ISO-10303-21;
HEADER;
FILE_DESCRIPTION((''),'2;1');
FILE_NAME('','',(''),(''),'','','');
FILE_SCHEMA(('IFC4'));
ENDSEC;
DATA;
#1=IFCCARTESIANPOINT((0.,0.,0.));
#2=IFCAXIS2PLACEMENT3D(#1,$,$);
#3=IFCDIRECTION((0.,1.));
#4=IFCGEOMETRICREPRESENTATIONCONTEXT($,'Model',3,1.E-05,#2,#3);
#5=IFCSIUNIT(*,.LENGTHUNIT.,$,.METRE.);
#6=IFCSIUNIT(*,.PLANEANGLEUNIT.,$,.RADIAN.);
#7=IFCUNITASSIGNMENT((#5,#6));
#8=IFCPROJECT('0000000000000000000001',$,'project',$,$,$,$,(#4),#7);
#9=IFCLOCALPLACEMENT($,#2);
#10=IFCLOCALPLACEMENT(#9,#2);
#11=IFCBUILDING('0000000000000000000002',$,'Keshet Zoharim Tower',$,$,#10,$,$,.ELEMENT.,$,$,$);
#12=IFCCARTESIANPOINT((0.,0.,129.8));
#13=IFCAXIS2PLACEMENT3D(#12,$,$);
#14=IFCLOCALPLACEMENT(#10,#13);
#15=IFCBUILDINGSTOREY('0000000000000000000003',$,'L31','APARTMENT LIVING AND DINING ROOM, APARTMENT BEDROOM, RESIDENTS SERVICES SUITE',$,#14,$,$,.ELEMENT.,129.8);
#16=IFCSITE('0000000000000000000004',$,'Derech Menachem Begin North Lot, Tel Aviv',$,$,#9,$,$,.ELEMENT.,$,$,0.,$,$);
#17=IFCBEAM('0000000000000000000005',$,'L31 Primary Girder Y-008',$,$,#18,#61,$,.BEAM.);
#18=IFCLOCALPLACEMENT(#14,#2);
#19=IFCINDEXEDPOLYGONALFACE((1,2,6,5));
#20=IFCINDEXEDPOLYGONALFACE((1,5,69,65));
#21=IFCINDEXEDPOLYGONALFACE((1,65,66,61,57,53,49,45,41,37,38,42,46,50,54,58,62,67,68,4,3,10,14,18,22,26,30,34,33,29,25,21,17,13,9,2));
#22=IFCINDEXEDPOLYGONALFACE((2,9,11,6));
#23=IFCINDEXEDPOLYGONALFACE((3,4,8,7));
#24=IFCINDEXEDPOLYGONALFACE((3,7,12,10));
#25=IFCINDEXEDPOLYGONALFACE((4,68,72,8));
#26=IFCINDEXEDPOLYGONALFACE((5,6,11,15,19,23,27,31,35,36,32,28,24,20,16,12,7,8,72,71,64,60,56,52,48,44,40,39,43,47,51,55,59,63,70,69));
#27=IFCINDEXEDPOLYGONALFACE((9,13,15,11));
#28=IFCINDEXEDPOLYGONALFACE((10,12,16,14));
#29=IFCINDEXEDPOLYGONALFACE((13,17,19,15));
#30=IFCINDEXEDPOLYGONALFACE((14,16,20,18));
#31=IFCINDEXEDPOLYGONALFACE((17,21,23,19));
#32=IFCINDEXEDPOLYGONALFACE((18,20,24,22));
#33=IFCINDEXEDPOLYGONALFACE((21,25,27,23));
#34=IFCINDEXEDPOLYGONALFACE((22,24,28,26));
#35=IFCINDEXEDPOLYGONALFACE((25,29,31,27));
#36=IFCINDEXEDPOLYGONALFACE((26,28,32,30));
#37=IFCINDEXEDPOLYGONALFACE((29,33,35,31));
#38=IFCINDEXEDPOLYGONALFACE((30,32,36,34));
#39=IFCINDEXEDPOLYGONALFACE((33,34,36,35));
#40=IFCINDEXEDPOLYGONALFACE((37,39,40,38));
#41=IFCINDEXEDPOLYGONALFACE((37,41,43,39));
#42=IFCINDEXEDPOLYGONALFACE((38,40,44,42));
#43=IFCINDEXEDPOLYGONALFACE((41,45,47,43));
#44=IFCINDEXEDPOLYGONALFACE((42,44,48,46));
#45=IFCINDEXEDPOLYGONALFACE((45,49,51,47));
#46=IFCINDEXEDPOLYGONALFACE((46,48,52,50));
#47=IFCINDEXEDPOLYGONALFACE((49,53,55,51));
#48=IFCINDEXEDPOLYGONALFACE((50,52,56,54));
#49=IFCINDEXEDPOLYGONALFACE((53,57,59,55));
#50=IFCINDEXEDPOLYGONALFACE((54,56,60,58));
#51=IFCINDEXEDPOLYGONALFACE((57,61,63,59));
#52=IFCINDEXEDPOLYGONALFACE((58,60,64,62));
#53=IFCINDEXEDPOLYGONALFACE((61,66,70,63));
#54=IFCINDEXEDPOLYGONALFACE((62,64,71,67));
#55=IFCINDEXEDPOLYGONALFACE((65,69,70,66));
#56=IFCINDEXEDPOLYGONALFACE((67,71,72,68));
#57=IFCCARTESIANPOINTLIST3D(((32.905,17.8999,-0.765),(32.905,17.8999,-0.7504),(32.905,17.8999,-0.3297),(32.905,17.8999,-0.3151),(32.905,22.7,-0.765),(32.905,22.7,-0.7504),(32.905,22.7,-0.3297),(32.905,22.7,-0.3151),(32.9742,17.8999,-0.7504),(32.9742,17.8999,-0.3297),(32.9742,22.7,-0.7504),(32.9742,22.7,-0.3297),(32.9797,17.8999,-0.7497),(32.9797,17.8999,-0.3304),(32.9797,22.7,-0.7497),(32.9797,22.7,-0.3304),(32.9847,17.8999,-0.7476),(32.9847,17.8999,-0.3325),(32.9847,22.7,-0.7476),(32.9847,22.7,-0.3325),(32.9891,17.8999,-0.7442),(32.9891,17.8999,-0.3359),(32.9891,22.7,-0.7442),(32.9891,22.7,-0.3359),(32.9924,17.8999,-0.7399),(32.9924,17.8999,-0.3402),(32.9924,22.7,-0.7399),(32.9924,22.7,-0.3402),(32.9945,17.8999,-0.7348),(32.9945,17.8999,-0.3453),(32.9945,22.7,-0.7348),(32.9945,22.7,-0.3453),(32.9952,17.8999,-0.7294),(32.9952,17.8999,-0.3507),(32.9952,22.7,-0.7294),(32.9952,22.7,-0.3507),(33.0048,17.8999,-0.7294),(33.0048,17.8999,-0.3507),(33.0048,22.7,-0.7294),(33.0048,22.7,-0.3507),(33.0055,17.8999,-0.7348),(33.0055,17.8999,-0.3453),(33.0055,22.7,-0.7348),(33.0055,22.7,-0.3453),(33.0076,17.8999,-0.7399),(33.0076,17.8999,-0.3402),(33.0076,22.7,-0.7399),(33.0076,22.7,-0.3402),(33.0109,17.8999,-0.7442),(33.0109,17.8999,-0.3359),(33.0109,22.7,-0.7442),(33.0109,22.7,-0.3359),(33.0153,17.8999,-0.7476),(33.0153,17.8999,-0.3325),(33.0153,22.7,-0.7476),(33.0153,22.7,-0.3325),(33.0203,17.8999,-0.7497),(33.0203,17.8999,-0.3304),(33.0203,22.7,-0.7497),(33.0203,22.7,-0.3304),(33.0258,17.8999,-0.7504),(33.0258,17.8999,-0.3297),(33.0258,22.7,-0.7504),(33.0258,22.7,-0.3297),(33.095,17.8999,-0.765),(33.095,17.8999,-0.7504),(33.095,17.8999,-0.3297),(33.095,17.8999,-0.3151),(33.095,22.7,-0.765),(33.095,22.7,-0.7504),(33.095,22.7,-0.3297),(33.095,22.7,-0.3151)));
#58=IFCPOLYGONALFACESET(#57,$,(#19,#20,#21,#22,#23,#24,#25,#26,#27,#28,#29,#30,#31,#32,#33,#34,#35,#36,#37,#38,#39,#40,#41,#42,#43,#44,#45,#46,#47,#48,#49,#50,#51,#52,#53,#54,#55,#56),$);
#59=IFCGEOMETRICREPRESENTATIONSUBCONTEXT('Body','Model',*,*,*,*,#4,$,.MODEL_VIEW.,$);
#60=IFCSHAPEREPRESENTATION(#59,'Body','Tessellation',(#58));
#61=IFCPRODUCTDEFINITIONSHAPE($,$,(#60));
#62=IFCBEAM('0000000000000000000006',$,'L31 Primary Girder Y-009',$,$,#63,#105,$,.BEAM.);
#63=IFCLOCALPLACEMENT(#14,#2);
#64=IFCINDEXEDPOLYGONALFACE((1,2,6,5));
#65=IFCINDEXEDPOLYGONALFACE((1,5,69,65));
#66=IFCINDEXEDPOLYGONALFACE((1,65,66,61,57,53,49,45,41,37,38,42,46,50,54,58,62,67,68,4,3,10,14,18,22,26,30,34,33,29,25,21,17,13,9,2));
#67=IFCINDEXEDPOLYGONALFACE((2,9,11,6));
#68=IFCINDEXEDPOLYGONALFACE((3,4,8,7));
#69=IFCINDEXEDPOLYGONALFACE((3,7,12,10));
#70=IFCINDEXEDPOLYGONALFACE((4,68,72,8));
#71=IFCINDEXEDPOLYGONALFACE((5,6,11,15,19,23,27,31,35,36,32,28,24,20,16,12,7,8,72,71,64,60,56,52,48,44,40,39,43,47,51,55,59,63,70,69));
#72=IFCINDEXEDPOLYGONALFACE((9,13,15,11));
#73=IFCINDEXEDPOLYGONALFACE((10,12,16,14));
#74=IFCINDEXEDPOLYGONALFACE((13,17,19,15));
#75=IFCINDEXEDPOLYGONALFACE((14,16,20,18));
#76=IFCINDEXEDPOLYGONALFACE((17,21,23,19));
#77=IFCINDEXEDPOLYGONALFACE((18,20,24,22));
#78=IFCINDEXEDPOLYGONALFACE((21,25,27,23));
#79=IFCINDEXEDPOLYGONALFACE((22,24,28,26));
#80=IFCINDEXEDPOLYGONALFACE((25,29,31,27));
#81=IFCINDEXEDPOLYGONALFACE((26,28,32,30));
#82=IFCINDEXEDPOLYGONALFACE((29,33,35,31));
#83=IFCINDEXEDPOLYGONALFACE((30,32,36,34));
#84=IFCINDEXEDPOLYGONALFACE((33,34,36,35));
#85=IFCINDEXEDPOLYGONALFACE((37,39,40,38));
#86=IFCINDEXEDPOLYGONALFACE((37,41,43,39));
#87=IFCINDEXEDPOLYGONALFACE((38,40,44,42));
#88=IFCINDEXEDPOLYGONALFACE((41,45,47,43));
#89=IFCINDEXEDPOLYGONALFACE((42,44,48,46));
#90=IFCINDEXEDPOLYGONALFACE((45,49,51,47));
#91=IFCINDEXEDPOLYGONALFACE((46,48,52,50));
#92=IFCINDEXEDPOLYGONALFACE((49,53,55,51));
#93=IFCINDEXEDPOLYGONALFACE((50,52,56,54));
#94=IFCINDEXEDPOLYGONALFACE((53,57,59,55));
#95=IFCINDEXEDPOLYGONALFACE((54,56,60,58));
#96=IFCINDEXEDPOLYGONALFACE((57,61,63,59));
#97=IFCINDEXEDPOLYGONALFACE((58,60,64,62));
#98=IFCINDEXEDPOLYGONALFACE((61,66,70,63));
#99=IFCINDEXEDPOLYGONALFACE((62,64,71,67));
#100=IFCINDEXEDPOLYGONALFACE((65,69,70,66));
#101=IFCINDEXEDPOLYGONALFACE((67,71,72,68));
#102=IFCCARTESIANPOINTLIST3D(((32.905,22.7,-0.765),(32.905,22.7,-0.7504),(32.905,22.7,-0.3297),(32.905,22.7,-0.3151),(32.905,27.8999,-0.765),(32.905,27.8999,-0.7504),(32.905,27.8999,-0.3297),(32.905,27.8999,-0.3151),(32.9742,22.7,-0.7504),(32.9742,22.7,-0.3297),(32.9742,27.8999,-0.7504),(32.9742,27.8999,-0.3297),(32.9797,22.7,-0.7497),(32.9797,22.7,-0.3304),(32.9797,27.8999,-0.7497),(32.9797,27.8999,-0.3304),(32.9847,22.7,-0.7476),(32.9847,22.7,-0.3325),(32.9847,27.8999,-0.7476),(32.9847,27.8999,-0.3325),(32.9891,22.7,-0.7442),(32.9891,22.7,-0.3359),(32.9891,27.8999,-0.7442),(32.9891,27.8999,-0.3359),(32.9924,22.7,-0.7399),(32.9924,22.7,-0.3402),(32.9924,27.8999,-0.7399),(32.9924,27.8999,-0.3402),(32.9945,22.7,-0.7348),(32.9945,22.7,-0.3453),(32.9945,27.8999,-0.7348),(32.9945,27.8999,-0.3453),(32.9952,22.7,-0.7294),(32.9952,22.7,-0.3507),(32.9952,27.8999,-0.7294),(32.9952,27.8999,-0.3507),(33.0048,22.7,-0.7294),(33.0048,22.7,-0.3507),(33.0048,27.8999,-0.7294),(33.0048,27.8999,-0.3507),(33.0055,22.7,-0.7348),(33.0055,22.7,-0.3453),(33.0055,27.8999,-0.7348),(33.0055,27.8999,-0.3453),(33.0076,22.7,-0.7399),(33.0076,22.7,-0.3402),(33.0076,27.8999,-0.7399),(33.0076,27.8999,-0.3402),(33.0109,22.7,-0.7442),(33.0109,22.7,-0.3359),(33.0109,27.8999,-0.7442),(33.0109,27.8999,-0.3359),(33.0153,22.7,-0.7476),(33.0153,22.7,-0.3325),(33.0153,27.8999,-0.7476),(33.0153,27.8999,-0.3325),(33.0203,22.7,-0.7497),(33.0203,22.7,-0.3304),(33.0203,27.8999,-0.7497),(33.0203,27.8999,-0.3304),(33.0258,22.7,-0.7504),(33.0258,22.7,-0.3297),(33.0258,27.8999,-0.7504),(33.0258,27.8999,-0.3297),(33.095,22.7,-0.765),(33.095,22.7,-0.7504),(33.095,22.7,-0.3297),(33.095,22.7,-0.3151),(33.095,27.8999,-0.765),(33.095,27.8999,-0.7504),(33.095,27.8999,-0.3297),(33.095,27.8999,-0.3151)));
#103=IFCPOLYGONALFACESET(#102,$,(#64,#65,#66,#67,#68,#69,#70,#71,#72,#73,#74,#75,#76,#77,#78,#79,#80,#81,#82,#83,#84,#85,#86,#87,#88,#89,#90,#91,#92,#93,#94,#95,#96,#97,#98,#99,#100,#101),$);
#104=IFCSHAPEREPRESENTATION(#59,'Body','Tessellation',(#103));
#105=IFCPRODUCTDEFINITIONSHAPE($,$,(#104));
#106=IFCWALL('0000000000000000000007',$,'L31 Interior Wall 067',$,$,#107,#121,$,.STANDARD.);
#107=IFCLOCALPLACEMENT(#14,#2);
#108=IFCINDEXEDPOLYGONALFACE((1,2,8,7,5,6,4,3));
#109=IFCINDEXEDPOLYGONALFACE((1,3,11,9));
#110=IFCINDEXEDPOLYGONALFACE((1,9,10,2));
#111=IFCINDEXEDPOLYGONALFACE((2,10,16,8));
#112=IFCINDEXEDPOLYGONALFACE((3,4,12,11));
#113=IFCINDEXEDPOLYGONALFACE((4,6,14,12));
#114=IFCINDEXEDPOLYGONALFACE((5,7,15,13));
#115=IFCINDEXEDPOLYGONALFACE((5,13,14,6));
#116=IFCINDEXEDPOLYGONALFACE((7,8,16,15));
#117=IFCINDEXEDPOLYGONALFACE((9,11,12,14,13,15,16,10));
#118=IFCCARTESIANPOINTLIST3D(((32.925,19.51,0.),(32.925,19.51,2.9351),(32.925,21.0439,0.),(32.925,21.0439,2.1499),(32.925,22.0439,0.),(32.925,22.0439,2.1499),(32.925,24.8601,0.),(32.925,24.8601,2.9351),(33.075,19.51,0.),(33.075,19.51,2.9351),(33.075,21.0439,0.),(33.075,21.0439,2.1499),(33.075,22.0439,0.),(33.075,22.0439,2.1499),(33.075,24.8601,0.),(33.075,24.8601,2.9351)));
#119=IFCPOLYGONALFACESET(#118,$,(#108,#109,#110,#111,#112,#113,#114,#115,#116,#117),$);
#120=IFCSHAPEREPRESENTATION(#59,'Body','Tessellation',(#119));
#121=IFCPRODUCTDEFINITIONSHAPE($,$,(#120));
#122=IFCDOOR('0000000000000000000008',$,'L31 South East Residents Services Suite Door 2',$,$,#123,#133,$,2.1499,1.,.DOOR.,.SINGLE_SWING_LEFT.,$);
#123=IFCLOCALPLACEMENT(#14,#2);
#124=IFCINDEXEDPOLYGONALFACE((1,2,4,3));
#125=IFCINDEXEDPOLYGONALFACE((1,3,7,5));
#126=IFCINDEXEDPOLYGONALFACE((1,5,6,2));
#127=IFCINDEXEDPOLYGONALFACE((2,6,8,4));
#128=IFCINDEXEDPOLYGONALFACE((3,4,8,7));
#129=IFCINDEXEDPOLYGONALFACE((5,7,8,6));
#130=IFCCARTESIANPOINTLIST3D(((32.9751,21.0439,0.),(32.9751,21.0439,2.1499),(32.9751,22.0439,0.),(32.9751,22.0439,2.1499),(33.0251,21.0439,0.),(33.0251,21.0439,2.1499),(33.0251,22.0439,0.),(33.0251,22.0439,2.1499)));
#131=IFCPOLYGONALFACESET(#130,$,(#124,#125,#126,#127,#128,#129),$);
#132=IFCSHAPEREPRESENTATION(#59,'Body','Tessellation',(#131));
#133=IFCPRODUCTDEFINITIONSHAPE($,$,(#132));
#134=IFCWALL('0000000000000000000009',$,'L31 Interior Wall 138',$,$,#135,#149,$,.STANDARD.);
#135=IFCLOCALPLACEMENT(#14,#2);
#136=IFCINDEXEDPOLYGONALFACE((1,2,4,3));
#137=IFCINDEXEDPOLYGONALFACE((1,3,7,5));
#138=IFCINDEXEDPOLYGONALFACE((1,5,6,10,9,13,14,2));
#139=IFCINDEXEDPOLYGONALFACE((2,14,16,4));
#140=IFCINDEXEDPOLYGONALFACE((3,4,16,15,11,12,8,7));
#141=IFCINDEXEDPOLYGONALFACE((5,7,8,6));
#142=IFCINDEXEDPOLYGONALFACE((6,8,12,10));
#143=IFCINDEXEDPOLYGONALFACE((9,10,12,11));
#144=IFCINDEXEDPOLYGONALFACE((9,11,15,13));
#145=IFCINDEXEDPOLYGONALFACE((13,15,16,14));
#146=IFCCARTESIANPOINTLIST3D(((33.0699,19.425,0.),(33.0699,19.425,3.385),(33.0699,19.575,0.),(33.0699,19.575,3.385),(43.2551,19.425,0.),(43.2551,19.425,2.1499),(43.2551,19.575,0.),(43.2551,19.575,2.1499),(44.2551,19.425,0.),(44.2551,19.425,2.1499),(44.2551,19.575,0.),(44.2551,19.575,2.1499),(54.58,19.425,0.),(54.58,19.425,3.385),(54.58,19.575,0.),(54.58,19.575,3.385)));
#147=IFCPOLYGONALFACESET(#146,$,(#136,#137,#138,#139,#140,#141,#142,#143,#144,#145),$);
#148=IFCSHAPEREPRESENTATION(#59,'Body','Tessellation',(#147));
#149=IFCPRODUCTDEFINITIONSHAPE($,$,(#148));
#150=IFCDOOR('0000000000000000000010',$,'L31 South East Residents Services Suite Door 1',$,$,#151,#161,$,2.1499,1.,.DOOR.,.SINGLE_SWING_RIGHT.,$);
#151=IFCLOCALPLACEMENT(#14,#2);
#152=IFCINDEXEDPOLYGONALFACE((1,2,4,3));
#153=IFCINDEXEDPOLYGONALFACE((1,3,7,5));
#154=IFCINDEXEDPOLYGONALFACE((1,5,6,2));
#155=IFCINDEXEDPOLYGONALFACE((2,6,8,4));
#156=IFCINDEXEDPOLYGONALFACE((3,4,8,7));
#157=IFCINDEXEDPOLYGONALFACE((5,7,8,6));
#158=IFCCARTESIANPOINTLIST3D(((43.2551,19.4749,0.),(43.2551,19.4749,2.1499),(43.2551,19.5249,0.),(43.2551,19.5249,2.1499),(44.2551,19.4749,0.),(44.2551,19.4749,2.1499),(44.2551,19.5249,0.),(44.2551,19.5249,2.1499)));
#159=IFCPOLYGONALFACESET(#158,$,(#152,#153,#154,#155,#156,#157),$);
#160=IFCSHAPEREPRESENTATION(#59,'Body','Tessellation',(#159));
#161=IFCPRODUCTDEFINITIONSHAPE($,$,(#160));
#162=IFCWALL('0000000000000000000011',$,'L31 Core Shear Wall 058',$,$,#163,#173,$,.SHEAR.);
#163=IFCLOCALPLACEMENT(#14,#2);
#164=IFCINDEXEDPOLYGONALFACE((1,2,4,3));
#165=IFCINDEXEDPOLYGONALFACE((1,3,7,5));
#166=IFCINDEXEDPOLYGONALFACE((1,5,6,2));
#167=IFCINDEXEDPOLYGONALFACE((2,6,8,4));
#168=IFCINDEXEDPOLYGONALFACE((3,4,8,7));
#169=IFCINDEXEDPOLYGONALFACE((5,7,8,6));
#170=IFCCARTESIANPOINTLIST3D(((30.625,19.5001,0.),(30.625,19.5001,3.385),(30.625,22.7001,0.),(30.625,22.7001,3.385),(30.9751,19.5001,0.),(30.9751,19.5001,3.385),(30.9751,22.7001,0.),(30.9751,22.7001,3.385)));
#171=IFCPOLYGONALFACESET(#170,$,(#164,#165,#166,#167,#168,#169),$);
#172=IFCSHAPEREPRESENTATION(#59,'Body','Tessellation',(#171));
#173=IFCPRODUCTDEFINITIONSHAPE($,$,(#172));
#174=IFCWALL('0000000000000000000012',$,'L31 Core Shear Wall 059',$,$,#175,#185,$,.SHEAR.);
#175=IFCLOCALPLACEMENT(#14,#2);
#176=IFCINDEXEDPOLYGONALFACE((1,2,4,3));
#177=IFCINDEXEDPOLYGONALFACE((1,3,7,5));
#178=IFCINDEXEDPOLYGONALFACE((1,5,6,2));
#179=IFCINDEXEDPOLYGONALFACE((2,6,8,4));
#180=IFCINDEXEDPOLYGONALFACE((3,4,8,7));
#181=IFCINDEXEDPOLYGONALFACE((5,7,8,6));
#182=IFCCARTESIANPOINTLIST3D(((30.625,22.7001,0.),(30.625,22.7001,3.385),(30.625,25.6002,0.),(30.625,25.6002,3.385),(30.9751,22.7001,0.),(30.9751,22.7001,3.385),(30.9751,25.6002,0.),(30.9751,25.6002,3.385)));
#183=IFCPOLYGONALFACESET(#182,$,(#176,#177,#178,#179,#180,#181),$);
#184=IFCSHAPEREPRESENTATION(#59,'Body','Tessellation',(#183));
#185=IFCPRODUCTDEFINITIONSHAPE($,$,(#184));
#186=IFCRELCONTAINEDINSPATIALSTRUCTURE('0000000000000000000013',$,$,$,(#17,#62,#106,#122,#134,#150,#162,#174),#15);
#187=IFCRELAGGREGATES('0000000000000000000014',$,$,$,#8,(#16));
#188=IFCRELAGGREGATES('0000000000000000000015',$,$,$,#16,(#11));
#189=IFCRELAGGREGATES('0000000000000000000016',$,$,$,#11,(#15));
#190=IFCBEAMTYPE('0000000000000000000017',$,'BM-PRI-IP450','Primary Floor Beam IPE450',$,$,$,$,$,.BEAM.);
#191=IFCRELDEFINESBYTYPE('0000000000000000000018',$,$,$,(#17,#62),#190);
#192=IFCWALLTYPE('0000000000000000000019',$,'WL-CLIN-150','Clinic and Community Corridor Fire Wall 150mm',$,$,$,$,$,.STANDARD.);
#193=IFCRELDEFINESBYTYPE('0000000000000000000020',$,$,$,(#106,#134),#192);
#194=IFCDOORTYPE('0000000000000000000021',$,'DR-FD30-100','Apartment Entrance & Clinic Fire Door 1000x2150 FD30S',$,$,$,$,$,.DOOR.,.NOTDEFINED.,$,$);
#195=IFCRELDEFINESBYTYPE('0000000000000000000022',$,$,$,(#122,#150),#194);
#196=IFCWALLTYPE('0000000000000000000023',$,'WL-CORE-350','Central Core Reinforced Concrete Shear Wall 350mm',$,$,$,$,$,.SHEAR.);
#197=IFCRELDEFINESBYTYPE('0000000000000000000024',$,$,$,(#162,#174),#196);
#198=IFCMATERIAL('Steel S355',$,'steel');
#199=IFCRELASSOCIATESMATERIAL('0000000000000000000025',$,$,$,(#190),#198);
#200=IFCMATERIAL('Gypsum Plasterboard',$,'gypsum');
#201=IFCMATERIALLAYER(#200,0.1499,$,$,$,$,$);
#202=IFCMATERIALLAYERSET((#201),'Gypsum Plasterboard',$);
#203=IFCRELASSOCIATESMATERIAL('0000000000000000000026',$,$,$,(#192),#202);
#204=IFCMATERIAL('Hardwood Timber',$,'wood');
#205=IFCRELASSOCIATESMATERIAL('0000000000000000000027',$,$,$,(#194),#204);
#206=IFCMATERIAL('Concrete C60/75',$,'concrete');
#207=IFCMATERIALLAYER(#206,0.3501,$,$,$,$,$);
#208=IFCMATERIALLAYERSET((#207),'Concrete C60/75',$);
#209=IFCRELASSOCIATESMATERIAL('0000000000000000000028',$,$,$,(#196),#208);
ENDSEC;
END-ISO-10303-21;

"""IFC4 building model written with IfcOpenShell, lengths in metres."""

from ifc_helpers import new_model, si_unit, direction, frame, frame_2d, origin, origin_2d, place, context, subcontext, project, spatial, rectangle, i_section, extrude, material, layer, layer_set, material_profile, profile_set, type_object, element, fill, save


model = new_model("IFC4")

# Units and contexts
model_context = context("Model", 3, precision=1e-05, world=origin(), true_north=direction((0.0, 1.0)))
body_context = subcontext(model_context, "Body", "Model", "MODEL_VIEW")
ifc_project = project(units=[si_unit("LENGTHUNIT", "METRE"), si_unit("PLANEANGLEUNIT", "RADIAN")], contexts=[model_context])

# Site, building, storey
site_placement = place(None, origin())
site = spatial("IfcSite", under=ifc_project, at=site_placement, Name="Derech Menachem Begin North Lot, Tel Aviv", CompositionType="ELEMENT", RefElevation=0.0)
building_placement = place(site_placement, origin())
building = spatial("IfcBuilding", under=site, at=building_placement, Name="Keshet Zoharim Tower", CompositionType="ELEMENT")
storey_placement = place(building_placement, frame((0.0, 0.0, 129.8)))
storey = spatial("IfcBuildingStorey", under=building, at=storey_placement, Name="L31", Description="APARTMENT LIVING AND DINING ROOM, APARTMENT BEDROOM, RESIDENTS SERVICES SUITE", CompositionType="ELEMENT", Elevation=129.8)

# Shared definitions
ifc_material_1 = material(Name="Concrete C60/75", Category="concrete")

# Beams
ifc_material_2 = material(Name="Steel S355", Category="steel")
ifc_material_profile_1 = material_profile(ifc_material_2, i_section(OverallWidth=0.1899, OverallDepth=0.45, WebThickness=0.0095, FlangeThickness=0.0146, FilletRadius=0.021, at=origin_2d()), Name="IPE450")
ifc_profile_set_1 = profile_set([ifc_material_profile_1], Name="Steel S355")
beam_type_1 = type_object("IfcBeamType", Name="BM-PRI-IP450", Description="Primary Floor Beam IPE450", PredefinedType="BEAM", material=ifc_profile_set_1)
beam_1_placement = place(storey_placement, frame((33.0, 17.8999, -0.54), z_axis=(0.0, 1.0, 0.0), x_axis=(-1.0, 0.0, 0.0)))
element("IfcBeam", 1, at=beam_1_placement, inside=storey, type_object=beam_type_1, Name="L31 Primary Girder Y-008", PredefinedType="BEAM", context=body_context, shape_type="SweptSolid", body=[
    extrude(i_section(OverallWidth=0.1899, OverallDepth=0.45, WebThickness=0.0095, FlangeThickness=0.0146, FilletRadius=0.021, at=origin_2d()), origin(), (0.0, 0.0, 1.0), 4.8),
])
beam_2_placement = place(storey_placement, frame((33.0, 22.7, -0.54), z_axis=(0.0, 1.0, 0.0), x_axis=(-1.0, 0.0, 0.0)))
element("IfcBeam", 2, at=beam_2_placement, inside=storey, type_object=beam_type_1, Name="L31 Primary Girder Y-009", PredefinedType="BEAM", context=body_context, shape_type="SweptSolid", body=[
    extrude(i_section(OverallWidth=0.1899, OverallDepth=0.45, WebThickness=0.0095, FlangeThickness=0.0146, FilletRadius=0.021, at=origin_2d()), origin(), (0.0, 0.0, 1.0), 5.2),
])

# Walls, openings, doors
ifc_material_3 = material(Name="Gypsum Plasterboard", Category="gypsum")
ifc_layer_1 = layer(ifc_material_3, 0.1499)
ifc_layer_set_1 = layer_set([ifc_layer_1], Name="Gypsum Plasterboard")
wall_type_1 = type_object("IfcWallType", Name="WL-CLIN-150", Description="Clinic and Community Corridor Fire Wall 150mm", PredefinedType="STANDARD", material=ifc_layer_set_1)
wall_1_placement = place(storey_placement, frame((33.0, 19.51, 0.0), z_axis=(0.0, 0.0, 1.0), x_axis=(0.0, 1.0, 0.0)))
wall_1 = element("IfcWall", 3, at=wall_1_placement, inside=storey, type_object=wall_type_1, Name="L31 Interior Wall 067", PredefinedType="STANDARD", context=body_context, shape_type="SweptSolid", body=[
    extrude(rectangle(XDim=5.3501, YDim=0.1499, at=frame_2d((2.675, 0.0))), origin(), (0.0, 0.0, 1.0), 2.9351),
])
opening_1_placement = place(wall_1_placement, frame((1.5339, 0.0, 0.0)))
opening_1 = element("IfcOpeningElement", 4, at=opening_1_placement, cuts=wall_1, PredefinedType="OPENING", context=body_context, shape_type="SweptSolid", body=[
    extrude(rectangle(XDim=1.0, YDim=2.1499, at=frame_2d((0.5, 1.075))), frame((0.0, 0.085, 0.0), z_axis=(0.0, -1.0, 0.0), x_axis=(1.0, 0.0, 0.0)), (0.0, 0.0, 1.0), 0.1699),
])
ifc_material_4 = material(Name="Hardwood Timber", Category="wood")
door_type_1 = type_object("IfcDoorType", Name="DR-FD30-100", Description="Apartment Entrance & Clinic Fire Door 1000x2150 FD30S", OperationType="NOTDEFINED", PredefinedType="DOOR", material=ifc_material_4)
door_1_placement = place(opening_1_placement, origin())
door_1 = element("IfcDoor", 5, at=door_1_placement, inside=storey, type_object=door_type_1, Name="L31 South East Residents Services Suite Door 2", OperationType="SINGLE_SWING_LEFT", OverallHeight=2.1499, OverallWidth=1.0, PredefinedType="DOOR", context=body_context, shape_type="SweptSolid", body=[
    extrude(rectangle(XDim=1.0, YDim=2.1499, at=frame_2d((0.5, 1.075))), frame((0.0, 0.0249, 0.0), z_axis=(0.0, -1.0, 0.0), x_axis=(1.0, 0.0, 0.0)), (0.0, 0.0, 1.0), 0.05),
])
fill(opening_1, door_1)
wall_2_placement = place(storey_placement, frame((33.0701, 19.5, 0.0), z_axis=(0.0, 0.0, 1.0), x_axis=(1.0, 0.0, 0.0)))
wall_2 = element("IfcWall", 6, at=wall_2_placement, inside=storey, type_object=wall_type_1, Name="L31 Interior Wall 138", PredefinedType="STANDARD", context=body_context, shape_type="SweptSolid", body=[
    extrude(rectangle(XDim=21.51, YDim=0.1499, at=frame_2d((10.7549, 0.0))), origin(), (0.0, 0.0, 1.0), 3.385),
])
opening_2_placement = place(wall_2_placement, frame((10.1851, 0.0, 0.0)))
opening_2 = element("IfcOpeningElement", 7, at=opening_2_placement, cuts=wall_2, PredefinedType="OPENING", context=body_context, shape_type="SweptSolid", body=[
    extrude(rectangle(XDim=1.0, YDim=2.1499, at=frame_2d((0.5, 1.075))), frame((0.0, 0.085, 0.0), z_axis=(0.0, -1.0, 0.0), x_axis=(1.0, 0.0, 0.0)), (0.0, 0.0, 1.0), 0.1699),
])
door_2_placement = place(opening_2_placement, origin())
door_2 = element("IfcDoor", 8, at=door_2_placement, inside=storey, type_object=door_type_1, Name="L31 South East Residents Services Suite Door 1", OperationType="SINGLE_SWING_RIGHT", OverallHeight=2.1499, OverallWidth=1.0, PredefinedType="DOOR", context=body_context, shape_type="SweptSolid", body=[
    extrude(rectangle(XDim=1.0, YDim=2.1499, at=frame_2d((0.5, 1.075))), frame((0.0, 0.0249, 0.0), z_axis=(0.0, -1.0, 0.0), x_axis=(1.0, 0.0, 0.0)), (0.0, 0.0, 1.0), 0.05),
])
fill(opening_2, door_2)

# Walls
ifc_layer_2 = layer(ifc_material_1, 0.3501)
ifc_layer_set_2 = layer_set([ifc_layer_2], Name="Concrete C60/75")
wall_type_2 = type_object("IfcWallType", Name="WL-CORE-350", Description="Central Core Reinforced Concrete Shear Wall 350mm", PredefinedType="SHEAR", material=ifc_layer_set_2)
wall_3_placement = place(storey_placement, frame((30.8, 19.5, 0.0), z_axis=(0.0, 0.0, 1.0), x_axis=(0.0, 1.0, 0.0)))
element("IfcWall", 9, at=wall_3_placement, inside=storey, type_object=wall_type_2, Name="L31 Core Shear Wall 058", PredefinedType="SHEAR", context=body_context, shape_type="SweptSolid", body=[
    extrude(rectangle(XDim=3.2, YDim=0.3501, at=frame_2d((1.6001, 0.0))), origin(), (0.0, 0.0, 1.0), 3.385),
])
wall_4_placement = place(storey_placement, frame((30.8, 22.7, 0.0), z_axis=(0.0, 0.0, 1.0), x_axis=(0.0, 1.0, 0.0)))
element("IfcWall", 10, at=wall_4_placement, inside=storey, type_object=wall_type_2, Name="L31 Core Shear Wall 059", PredefinedType="SHEAR", context=body_context, shape_type="SweptSolid", body=[
    extrude(rectangle(XDim=2.9001, YDim=0.3501, at=frame_2d((1.4502, 0.0))), origin(), (0.0, 0.0, 1.0), 3.385),
])

save(model, "model.ifc")
